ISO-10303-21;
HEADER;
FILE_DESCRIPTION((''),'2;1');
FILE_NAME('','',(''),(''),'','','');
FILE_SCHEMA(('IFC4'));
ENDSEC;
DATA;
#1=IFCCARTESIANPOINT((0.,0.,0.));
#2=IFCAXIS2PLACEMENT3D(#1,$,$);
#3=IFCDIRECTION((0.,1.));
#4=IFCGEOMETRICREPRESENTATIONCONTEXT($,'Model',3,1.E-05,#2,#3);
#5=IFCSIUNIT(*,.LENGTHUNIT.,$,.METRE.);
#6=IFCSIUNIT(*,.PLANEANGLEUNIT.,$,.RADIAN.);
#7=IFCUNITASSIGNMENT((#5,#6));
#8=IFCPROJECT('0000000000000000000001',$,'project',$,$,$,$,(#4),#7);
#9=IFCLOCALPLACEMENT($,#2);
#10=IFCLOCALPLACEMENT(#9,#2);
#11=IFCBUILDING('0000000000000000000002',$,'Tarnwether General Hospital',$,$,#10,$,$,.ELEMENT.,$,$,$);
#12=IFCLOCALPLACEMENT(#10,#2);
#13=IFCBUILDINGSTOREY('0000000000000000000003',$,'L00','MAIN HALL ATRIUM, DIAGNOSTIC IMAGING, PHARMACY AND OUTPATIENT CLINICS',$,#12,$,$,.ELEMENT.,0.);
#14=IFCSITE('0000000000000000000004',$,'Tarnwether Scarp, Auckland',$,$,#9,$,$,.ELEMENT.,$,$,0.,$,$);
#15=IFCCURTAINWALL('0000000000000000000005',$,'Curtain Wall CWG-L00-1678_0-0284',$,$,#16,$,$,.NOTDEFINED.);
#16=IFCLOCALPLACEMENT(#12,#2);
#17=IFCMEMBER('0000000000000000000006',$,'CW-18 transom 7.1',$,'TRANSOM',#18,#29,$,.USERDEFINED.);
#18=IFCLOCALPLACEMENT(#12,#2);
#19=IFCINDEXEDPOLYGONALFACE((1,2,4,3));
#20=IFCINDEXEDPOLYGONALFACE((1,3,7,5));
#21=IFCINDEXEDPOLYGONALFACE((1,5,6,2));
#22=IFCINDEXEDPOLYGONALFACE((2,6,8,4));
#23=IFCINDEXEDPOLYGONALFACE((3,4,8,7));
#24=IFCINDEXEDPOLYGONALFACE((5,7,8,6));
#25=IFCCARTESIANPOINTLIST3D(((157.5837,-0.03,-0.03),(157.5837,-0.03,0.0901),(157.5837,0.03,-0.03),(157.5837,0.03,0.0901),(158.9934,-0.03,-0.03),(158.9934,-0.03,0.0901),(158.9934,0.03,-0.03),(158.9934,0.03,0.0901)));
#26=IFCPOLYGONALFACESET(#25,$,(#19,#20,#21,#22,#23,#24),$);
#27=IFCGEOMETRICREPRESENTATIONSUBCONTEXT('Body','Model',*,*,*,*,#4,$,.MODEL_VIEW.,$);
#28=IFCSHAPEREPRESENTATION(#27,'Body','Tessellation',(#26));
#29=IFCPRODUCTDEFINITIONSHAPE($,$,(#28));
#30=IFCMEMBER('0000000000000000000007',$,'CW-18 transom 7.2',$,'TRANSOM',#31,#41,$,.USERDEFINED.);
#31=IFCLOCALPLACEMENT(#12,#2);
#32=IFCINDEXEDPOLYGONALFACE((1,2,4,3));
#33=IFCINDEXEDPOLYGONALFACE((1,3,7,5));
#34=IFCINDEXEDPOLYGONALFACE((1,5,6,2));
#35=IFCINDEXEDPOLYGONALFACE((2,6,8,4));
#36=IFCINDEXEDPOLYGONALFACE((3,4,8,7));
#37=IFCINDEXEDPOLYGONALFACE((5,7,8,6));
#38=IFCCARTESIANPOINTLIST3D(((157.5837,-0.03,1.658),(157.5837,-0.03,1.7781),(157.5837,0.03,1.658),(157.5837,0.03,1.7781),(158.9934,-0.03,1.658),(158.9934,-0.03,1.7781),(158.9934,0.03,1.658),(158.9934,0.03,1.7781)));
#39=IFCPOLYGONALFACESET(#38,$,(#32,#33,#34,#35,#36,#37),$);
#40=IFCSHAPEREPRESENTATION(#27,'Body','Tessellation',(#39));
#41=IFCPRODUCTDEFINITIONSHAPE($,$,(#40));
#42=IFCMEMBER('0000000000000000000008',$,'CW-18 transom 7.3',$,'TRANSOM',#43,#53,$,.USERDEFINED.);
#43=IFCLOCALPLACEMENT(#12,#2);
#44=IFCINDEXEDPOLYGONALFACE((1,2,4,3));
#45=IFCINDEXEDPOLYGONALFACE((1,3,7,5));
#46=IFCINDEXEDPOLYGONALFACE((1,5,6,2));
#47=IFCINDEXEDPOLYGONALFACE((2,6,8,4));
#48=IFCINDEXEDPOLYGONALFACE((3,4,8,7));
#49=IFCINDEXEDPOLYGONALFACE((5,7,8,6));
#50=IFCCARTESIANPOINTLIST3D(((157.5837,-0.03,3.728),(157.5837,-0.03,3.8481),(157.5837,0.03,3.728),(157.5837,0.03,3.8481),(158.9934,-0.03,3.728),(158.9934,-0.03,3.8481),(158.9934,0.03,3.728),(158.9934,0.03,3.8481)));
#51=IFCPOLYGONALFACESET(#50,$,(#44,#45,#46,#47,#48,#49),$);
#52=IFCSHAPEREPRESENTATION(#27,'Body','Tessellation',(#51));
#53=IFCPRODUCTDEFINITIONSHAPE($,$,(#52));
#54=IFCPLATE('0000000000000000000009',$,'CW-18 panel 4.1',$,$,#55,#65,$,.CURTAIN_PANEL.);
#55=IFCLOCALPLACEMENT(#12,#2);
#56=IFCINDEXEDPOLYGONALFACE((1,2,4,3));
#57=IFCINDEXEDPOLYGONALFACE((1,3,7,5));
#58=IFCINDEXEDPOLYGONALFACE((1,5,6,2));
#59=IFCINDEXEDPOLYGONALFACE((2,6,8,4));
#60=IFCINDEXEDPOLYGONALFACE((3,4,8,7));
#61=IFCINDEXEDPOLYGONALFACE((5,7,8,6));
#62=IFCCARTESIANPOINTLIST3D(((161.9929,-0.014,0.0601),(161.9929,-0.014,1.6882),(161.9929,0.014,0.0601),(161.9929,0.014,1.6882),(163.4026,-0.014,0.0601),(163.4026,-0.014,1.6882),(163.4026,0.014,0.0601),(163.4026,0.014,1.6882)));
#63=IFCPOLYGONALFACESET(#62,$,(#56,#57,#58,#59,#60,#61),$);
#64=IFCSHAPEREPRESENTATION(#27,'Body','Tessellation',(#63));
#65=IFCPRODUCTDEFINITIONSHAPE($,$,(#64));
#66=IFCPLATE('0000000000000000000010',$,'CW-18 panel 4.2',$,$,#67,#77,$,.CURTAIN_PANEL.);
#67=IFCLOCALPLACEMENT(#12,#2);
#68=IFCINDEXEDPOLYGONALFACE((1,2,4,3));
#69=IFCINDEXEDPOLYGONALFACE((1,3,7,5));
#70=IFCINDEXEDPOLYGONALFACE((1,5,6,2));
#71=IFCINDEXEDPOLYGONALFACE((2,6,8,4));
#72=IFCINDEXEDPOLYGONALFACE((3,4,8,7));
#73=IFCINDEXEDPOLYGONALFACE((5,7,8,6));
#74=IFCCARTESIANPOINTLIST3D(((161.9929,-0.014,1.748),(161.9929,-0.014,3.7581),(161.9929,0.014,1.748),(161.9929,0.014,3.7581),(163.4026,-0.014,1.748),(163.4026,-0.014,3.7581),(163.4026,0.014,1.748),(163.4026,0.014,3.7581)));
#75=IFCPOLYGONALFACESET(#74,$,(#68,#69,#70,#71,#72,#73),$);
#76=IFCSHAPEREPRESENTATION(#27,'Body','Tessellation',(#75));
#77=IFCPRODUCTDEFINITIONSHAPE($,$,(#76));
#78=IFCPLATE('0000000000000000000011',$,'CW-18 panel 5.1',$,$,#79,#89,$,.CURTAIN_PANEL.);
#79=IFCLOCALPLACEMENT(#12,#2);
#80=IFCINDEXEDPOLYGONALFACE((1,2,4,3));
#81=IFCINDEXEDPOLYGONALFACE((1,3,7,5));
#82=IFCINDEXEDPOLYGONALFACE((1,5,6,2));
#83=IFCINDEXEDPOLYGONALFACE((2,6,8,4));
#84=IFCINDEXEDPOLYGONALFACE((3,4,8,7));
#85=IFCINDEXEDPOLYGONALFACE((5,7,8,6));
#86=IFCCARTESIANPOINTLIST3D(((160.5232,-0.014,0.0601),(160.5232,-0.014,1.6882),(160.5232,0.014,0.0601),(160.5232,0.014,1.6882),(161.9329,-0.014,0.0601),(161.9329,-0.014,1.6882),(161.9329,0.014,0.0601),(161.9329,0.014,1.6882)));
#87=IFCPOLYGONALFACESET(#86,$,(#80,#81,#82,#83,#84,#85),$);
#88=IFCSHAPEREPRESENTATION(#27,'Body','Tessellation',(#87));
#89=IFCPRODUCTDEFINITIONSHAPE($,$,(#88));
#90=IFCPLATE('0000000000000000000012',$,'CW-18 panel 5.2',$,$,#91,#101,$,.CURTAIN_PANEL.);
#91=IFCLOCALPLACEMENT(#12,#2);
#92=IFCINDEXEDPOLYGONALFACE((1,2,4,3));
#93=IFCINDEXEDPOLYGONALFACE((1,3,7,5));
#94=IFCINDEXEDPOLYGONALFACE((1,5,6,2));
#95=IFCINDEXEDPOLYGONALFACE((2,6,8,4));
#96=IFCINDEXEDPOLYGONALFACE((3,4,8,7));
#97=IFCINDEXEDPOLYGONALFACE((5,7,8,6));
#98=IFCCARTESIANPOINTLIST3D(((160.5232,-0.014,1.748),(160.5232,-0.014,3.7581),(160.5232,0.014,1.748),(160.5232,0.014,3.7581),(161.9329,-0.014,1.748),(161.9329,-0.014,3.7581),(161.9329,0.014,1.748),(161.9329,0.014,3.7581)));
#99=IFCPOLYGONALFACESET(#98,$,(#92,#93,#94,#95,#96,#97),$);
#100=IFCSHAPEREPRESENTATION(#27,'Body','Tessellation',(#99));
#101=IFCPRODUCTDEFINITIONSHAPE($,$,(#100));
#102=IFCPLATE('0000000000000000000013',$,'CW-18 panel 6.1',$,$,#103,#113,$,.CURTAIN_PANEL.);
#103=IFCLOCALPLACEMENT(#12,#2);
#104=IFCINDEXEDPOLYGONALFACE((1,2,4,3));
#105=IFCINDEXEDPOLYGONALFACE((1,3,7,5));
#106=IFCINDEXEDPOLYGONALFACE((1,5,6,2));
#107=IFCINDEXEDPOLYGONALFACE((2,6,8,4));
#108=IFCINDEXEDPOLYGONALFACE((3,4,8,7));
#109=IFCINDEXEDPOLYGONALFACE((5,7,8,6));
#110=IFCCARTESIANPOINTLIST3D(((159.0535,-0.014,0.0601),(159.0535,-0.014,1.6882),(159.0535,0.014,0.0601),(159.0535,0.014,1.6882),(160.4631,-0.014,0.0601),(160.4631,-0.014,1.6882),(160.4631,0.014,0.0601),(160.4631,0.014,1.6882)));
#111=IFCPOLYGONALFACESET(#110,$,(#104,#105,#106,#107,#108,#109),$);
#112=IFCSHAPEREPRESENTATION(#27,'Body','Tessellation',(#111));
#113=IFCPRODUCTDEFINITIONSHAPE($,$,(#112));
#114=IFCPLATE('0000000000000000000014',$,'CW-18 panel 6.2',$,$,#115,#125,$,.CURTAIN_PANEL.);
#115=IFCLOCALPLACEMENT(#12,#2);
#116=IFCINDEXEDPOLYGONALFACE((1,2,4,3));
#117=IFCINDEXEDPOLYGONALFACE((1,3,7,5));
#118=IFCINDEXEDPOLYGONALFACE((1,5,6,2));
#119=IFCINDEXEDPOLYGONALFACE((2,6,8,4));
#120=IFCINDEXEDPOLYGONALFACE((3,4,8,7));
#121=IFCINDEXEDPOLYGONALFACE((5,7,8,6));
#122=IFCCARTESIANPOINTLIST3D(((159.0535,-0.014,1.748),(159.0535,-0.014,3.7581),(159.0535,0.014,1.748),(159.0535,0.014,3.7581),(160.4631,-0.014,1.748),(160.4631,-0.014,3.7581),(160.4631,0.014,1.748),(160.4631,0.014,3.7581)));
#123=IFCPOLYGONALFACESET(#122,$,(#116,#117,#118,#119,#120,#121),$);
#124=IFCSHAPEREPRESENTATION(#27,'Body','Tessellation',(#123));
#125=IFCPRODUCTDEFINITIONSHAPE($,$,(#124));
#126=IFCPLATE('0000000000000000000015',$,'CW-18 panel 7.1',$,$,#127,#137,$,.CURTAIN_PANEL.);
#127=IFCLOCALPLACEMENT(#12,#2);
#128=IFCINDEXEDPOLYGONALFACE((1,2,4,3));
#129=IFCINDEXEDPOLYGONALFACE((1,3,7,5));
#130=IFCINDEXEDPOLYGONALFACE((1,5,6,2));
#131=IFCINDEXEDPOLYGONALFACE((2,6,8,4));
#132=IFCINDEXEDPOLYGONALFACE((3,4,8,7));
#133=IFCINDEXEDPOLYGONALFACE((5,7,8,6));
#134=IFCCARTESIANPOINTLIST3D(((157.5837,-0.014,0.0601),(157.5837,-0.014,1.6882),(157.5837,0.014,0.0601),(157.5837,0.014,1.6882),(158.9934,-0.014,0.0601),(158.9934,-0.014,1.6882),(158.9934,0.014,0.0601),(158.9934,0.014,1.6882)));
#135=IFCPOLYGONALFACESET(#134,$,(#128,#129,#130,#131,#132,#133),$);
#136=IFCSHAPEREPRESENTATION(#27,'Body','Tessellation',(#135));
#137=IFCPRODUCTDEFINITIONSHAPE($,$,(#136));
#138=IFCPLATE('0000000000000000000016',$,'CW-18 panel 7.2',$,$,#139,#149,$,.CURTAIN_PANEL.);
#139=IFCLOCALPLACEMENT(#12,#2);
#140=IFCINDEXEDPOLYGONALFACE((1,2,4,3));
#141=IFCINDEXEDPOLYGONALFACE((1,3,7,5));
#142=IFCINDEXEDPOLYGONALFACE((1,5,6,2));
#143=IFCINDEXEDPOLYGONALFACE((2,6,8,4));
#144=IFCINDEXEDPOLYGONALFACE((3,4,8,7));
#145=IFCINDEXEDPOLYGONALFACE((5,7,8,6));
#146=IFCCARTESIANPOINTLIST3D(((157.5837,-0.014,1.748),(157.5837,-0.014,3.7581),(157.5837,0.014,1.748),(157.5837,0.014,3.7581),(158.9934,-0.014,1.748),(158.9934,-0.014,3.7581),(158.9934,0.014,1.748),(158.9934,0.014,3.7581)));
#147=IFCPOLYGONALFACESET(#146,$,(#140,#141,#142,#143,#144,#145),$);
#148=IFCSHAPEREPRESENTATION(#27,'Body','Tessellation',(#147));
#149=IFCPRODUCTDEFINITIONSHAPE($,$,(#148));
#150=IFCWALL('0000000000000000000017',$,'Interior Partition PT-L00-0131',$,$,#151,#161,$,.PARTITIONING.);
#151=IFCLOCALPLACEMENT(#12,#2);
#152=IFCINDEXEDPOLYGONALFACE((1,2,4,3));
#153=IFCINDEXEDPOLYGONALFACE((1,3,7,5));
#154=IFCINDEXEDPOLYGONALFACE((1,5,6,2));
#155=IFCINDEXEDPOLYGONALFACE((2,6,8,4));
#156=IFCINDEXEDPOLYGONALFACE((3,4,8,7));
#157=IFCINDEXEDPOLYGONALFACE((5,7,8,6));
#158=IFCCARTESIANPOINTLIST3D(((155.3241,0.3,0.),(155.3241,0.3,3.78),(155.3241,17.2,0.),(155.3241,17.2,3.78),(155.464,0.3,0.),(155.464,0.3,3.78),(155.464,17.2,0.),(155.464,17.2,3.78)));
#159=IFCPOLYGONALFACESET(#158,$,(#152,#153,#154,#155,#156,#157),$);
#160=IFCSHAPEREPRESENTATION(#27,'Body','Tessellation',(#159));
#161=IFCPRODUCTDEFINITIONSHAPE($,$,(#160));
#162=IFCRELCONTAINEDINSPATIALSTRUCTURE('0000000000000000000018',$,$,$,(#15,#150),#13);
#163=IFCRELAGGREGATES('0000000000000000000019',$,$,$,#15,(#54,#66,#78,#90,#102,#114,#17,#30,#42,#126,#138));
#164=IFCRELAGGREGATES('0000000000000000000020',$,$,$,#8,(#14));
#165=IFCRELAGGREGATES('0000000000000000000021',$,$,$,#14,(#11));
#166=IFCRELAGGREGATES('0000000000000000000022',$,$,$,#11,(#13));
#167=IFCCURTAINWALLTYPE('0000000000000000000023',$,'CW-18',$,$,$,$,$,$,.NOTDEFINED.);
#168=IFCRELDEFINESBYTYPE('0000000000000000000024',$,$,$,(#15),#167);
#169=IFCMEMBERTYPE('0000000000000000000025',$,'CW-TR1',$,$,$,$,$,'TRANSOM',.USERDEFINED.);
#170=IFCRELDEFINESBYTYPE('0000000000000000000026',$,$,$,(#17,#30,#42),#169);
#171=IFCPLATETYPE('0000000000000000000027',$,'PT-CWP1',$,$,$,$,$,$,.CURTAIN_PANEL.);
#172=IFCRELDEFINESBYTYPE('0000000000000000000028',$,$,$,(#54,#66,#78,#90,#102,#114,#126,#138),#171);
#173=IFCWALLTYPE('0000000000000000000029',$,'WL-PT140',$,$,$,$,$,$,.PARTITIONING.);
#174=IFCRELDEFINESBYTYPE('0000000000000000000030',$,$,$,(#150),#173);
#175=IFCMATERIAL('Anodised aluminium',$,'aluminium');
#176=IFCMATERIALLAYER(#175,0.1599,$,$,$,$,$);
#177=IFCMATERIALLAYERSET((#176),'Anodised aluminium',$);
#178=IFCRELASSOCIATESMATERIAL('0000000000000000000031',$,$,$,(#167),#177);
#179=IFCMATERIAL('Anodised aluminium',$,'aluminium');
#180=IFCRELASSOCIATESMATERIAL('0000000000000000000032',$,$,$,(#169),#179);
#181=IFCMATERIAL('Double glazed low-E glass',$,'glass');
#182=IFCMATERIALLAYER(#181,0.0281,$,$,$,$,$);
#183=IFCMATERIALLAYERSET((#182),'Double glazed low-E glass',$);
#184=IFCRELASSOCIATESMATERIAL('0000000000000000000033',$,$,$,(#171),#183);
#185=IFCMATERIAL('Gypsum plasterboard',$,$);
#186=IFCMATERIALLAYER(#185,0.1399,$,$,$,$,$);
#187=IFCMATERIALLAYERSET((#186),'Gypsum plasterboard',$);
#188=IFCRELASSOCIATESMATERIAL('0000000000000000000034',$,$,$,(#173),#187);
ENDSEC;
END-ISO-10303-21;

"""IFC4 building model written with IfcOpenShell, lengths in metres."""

from ifc_helpers import new_model, si_unit, direction, frame, frame_2d, origin, origin_2d, place, context, subcontext, project, spatial, rectangle, extrude, material, layer, layer_set, material_profile, profile_set, type_object, element, aggregate, save


model = new_model("IFC4")

# Units and contexts
model_context = context("Model", 3, precision=1e-05, world=origin(), true_north=direction((0.0, 1.0)))
body_context = subcontext(model_context, "Body", "Model", "MODEL_VIEW")
ifc_project = project(units=[si_unit("LENGTHUNIT", "METRE"), si_unit("PLANEANGLEUNIT", "RADIAN")], contexts=[model_context])

# Site, building, storey
site_placement = place(None, origin())
site = spatial("IfcSite", under=ifc_project, at=site_placement, Name="Tarnwether Scarp, Auckland", CompositionType="ELEMENT", RefElevation=0.0)
building_placement = place(site_placement, origin())
building = spatial("IfcBuilding", under=site, at=building_placement, Name="Tarnwether General Hospital", CompositionType="ELEMENT")
storey_placement = place(building_placement, origin())
storey = spatial("IfcBuildingStorey", under=building, at=storey_placement, Name="L00", Description="MAIN HALL ATRIUM, DIAGNOSTIC IMAGING, PHARMACY AND OUTPATIENT CLINICS", CompositionType="ELEMENT", Elevation=0.0)

# Curtain wall, members, plates
ifc_material_1 = material(Name="Anodised aluminium", Category="aluminium")
ifc_layer_1 = layer(ifc_material_1, 0.1599)
ifc_layer_set_1 = layer_set([ifc_layer_1], Name="Anodised aluminium")
curtain_wall_type = type_object("IfcCurtainWallType", Name="CW-18", PredefinedType="NOTDEFINED", material=ifc_layer_set_1)
curtain_wall_placement = place(storey_placement, origin())
curtain_wall = element("IfcCurtainWall", 1, at=curtain_wall_placement, inside=storey, type_object=curtain_wall_type, Name="Curtain Wall CWG-L00-1678_0-0284", PredefinedType="NOTDEFINED")
ifc_material_2 = material(Name="Anodised aluminium", Category="aluminium")
ifc_material_profile_1 = material_profile(ifc_material_2, rectangle(XDim=0.0601, YDim=0.1201, at=origin_2d()), Name="ALU-TRN-60x120")
ifc_profile_set_1 = profile_set([ifc_material_profile_1], Name="Anodised aluminium")
member_type_1 = type_object("IfcMemberType", Name="CW-TR1", ElementType="TRANSOM", PredefinedType="USERDEFINED", material=ifc_profile_set_1)
member_1_placement = place(storey_placement, frame((158.9934, 0.0, 0.03), z_axis=(-1.0, 0.0, 0.0), x_axis=(0.0, -1.0, 0.0)))
member_1 = element("IfcMember", 2, at=member_1_placement, type_object=member_type_1, Name="CW-18 transom 7.1", ObjectType="TRANSOM", PredefinedType="USERDEFINED", context=body_context, shape_type="SweptSolid", body=[
    extrude(rectangle(XDim=0.0601, YDim=0.1201, at=origin_2d()), origin(), (0.0, 0.0, 1.0), 1.4097),
])
member_2_placement = place(storey_placement, frame((158.9934, 0.0, 1.718), z_axis=(-1.0, 0.0, 0.0), x_axis=(0.0, -1.0, 0.0)))
member_2 = element("IfcMember", 3, at=member_2_placement, type_object=member_type_1, Name="CW-18 transom 7.2", ObjectType="TRANSOM", PredefinedType="USERDEFINED", context=body_context, shape_type="SweptSolid", body=[
    extrude(rectangle(XDim=0.0601, YDim=0.1201, at=origin_2d()), origin(), (0.0, 0.0, 1.0), 1.4097),
])
member_3_placement = place(storey_placement, frame((158.9934, 0.0, 3.7881), z_axis=(-1.0, 0.0, 0.0), x_axis=(0.0, -1.0, 0.0)))
member_3 = element("IfcMember", 4, at=member_3_placement, type_object=member_type_1, Name="CW-18 transom 7.3", ObjectType="TRANSOM", PredefinedType="USERDEFINED", context=body_context, shape_type="SweptSolid", body=[
    extrude(rectangle(XDim=0.0601, YDim=0.1201, at=origin_2d()), origin(), (0.0, 0.0, 1.0), 1.4097),
])
ifc_material_3 = material(Name="Double glazed low-E glass", Category="glass")
ifc_layer_2 = layer(ifc_material_3, 0.0281)
ifc_layer_set_2 = layer_set([ifc_layer_2], Name="Double glazed low-E glass")
plate_type = type_object("IfcPlateType", Name="PT-CWP1", PredefinedType="CURTAIN_PANEL", material=ifc_layer_set_2)
plate_1_placement = place(storey_placement, frame((162.6978, 0.0, 0.0601), z_axis=(0.0, 0.0, 1.0), x_axis=(-1.0, 0.0, 0.0)))
plate_1 = element("IfcPlate", 5, at=plate_1_placement, type_object=plate_type, Name="CW-18 panel 4.1", PredefinedType="CURTAIN_PANEL", context=body_context, shape_type="SweptSolid", body=[
    extrude(rectangle(XDim=1.4097, YDim=0.0281, at=origin_2d()), origin(), (0.0, 0.0, 1.0), 1.6282),
])
plate_2_placement = place(storey_placement, frame((162.6978, 0.0, 1.748), z_axis=(0.0, 0.0, 1.0), x_axis=(-1.0, 0.0, 0.0)))
plate_2 = element("IfcPlate", 6, at=plate_2_placement, type_object=plate_type, Name="CW-18 panel 4.2", PredefinedType="CURTAIN_PANEL", context=body_context, shape_type="SweptSolid", body=[
    extrude(rectangle(XDim=1.4097, YDim=0.0281, at=origin_2d()), origin(), (0.0, 0.0, 1.0), 2.01),
])
plate_3_placement = place(storey_placement, frame((161.228, 0.0, 0.0601), z_axis=(0.0, 0.0, 1.0), x_axis=(-1.0, 0.0, 0.0)))
plate_3 = element("IfcPlate", 7, at=plate_3_placement, type_object=plate_type, Name="CW-18 panel 5.1", PredefinedType="CURTAIN_PANEL", context=body_context, shape_type="SweptSolid", body=[
    extrude(rectangle(XDim=1.4097, YDim=0.0281, at=origin_2d()), origin(), (0.0, 0.0, 1.0), 1.6282),
])
plate_4_placement = place(storey_placement, frame((161.228, 0.0, 1.748), z_axis=(0.0, 0.0, 1.0), x_axis=(-1.0, 0.0, 0.0)))
plate_4 = element("IfcPlate", 8, at=plate_4_placement, type_object=plate_type, Name="CW-18 panel 5.2", PredefinedType="CURTAIN_PANEL", context=body_context, shape_type="SweptSolid", body=[
    extrude(rectangle(XDim=1.4097, YDim=0.0281, at=origin_2d()), origin(), (0.0, 0.0, 1.0), 2.01),
])
plate_5_placement = place(storey_placement, frame((159.7583, 0.0, 0.0601), z_axis=(0.0, 0.0, 1.0), x_axis=(-1.0, 0.0, 0.0)))
plate_5 = element("IfcPlate", 9, at=plate_5_placement, type_object=plate_type, Name="CW-18 panel 6.1", PredefinedType="CURTAIN_PANEL", context=body_context, shape_type="SweptSolid", body=[
    extrude(rectangle(XDim=1.4097, YDim=0.0281, at=origin_2d()), origin(), (0.0, 0.0, 1.0), 1.6282),
])
plate_6_placement = place(storey_placement, frame((159.7583, 0.0, 1.748), z_axis=(0.0, 0.0, 1.0), x_axis=(-1.0, 0.0, 0.0)))
plate_6 = element("IfcPlate", 10, at=plate_6_placement, type_object=plate_type, Name="CW-18 panel 6.2", PredefinedType="CURTAIN_PANEL", context=body_context, shape_type="SweptSolid", body=[
    extrude(rectangle(XDim=1.4097, YDim=0.0281, at=origin_2d()), origin(), (0.0, 0.0, 1.0), 2.01),
])
plate_7_placement = place(storey_placement, frame((158.2886, 0.0, 0.0601), z_axis=(0.0, 0.0, 1.0), x_axis=(-1.0, 0.0, 0.0)))
plate_7 = element("IfcPlate", 11, at=plate_7_placement, type_object=plate_type, Name="CW-18 panel 7.1", PredefinedType="CURTAIN_PANEL", context=body_context, shape_type="SweptSolid", body=[
    extrude(rectangle(XDim=1.4097, YDim=0.0281, at=origin_2d()), origin(), (0.0, 0.0, 1.0), 1.6282),
])
plate_8_placement = place(storey_placement, frame((158.2886, 0.0, 1.748), z_axis=(0.0, 0.0, 1.0), x_axis=(-1.0, 0.0, 0.0)))
plate_8 = element("IfcPlate", 12, at=plate_8_placement, type_object=plate_type, Name="CW-18 panel 7.2", PredefinedType="CURTAIN_PANEL", context=body_context, shape_type="SweptSolid", body=[
    extrude(rectangle(XDim=1.4097, YDim=0.0281, at=origin_2d()), origin(), (0.0, 0.0, 1.0), 2.01),
])
aggregate(curtain_wall, [plate_1, plate_2, plate_3, plate_4, plate_5, plate_6, member_1, member_2, member_3, plate_7, plate_8])

# Wall
ifc_material_4 = material(Name="Gypsum plasterboard")
ifc_layer_3 = layer(ifc_material_4, 0.1399)
ifc_layer_set_3 = layer_set([ifc_layer_3], Name="Gypsum plasterboard")
wall_type = type_object("IfcWallType", Name="WL-PT140", PredefinedType="PARTITIONING", material=ifc_layer_set_3)
wall_placement = place(storey_placement, frame((155.394, 0.3, 0.0), z_axis=(0.0, 0.0, 1.0), x_axis=(0.0, 1.0, 0.0)))
element("IfcWall", 13, at=wall_placement, inside=storey, type_object=wall_type, Name="Interior Partition PT-L00-0131", PredefinedType="PARTITIONING", context=body_context, shape_type="SweptSolid", body=[
    extrude(rectangle(XDim=16.8999, YDim=0.1399, at=frame_2d((8.45, 0.0))), origin(), (0.0, 0.0, 1.0), 3.78),
])

save(model, "model.ifc")
